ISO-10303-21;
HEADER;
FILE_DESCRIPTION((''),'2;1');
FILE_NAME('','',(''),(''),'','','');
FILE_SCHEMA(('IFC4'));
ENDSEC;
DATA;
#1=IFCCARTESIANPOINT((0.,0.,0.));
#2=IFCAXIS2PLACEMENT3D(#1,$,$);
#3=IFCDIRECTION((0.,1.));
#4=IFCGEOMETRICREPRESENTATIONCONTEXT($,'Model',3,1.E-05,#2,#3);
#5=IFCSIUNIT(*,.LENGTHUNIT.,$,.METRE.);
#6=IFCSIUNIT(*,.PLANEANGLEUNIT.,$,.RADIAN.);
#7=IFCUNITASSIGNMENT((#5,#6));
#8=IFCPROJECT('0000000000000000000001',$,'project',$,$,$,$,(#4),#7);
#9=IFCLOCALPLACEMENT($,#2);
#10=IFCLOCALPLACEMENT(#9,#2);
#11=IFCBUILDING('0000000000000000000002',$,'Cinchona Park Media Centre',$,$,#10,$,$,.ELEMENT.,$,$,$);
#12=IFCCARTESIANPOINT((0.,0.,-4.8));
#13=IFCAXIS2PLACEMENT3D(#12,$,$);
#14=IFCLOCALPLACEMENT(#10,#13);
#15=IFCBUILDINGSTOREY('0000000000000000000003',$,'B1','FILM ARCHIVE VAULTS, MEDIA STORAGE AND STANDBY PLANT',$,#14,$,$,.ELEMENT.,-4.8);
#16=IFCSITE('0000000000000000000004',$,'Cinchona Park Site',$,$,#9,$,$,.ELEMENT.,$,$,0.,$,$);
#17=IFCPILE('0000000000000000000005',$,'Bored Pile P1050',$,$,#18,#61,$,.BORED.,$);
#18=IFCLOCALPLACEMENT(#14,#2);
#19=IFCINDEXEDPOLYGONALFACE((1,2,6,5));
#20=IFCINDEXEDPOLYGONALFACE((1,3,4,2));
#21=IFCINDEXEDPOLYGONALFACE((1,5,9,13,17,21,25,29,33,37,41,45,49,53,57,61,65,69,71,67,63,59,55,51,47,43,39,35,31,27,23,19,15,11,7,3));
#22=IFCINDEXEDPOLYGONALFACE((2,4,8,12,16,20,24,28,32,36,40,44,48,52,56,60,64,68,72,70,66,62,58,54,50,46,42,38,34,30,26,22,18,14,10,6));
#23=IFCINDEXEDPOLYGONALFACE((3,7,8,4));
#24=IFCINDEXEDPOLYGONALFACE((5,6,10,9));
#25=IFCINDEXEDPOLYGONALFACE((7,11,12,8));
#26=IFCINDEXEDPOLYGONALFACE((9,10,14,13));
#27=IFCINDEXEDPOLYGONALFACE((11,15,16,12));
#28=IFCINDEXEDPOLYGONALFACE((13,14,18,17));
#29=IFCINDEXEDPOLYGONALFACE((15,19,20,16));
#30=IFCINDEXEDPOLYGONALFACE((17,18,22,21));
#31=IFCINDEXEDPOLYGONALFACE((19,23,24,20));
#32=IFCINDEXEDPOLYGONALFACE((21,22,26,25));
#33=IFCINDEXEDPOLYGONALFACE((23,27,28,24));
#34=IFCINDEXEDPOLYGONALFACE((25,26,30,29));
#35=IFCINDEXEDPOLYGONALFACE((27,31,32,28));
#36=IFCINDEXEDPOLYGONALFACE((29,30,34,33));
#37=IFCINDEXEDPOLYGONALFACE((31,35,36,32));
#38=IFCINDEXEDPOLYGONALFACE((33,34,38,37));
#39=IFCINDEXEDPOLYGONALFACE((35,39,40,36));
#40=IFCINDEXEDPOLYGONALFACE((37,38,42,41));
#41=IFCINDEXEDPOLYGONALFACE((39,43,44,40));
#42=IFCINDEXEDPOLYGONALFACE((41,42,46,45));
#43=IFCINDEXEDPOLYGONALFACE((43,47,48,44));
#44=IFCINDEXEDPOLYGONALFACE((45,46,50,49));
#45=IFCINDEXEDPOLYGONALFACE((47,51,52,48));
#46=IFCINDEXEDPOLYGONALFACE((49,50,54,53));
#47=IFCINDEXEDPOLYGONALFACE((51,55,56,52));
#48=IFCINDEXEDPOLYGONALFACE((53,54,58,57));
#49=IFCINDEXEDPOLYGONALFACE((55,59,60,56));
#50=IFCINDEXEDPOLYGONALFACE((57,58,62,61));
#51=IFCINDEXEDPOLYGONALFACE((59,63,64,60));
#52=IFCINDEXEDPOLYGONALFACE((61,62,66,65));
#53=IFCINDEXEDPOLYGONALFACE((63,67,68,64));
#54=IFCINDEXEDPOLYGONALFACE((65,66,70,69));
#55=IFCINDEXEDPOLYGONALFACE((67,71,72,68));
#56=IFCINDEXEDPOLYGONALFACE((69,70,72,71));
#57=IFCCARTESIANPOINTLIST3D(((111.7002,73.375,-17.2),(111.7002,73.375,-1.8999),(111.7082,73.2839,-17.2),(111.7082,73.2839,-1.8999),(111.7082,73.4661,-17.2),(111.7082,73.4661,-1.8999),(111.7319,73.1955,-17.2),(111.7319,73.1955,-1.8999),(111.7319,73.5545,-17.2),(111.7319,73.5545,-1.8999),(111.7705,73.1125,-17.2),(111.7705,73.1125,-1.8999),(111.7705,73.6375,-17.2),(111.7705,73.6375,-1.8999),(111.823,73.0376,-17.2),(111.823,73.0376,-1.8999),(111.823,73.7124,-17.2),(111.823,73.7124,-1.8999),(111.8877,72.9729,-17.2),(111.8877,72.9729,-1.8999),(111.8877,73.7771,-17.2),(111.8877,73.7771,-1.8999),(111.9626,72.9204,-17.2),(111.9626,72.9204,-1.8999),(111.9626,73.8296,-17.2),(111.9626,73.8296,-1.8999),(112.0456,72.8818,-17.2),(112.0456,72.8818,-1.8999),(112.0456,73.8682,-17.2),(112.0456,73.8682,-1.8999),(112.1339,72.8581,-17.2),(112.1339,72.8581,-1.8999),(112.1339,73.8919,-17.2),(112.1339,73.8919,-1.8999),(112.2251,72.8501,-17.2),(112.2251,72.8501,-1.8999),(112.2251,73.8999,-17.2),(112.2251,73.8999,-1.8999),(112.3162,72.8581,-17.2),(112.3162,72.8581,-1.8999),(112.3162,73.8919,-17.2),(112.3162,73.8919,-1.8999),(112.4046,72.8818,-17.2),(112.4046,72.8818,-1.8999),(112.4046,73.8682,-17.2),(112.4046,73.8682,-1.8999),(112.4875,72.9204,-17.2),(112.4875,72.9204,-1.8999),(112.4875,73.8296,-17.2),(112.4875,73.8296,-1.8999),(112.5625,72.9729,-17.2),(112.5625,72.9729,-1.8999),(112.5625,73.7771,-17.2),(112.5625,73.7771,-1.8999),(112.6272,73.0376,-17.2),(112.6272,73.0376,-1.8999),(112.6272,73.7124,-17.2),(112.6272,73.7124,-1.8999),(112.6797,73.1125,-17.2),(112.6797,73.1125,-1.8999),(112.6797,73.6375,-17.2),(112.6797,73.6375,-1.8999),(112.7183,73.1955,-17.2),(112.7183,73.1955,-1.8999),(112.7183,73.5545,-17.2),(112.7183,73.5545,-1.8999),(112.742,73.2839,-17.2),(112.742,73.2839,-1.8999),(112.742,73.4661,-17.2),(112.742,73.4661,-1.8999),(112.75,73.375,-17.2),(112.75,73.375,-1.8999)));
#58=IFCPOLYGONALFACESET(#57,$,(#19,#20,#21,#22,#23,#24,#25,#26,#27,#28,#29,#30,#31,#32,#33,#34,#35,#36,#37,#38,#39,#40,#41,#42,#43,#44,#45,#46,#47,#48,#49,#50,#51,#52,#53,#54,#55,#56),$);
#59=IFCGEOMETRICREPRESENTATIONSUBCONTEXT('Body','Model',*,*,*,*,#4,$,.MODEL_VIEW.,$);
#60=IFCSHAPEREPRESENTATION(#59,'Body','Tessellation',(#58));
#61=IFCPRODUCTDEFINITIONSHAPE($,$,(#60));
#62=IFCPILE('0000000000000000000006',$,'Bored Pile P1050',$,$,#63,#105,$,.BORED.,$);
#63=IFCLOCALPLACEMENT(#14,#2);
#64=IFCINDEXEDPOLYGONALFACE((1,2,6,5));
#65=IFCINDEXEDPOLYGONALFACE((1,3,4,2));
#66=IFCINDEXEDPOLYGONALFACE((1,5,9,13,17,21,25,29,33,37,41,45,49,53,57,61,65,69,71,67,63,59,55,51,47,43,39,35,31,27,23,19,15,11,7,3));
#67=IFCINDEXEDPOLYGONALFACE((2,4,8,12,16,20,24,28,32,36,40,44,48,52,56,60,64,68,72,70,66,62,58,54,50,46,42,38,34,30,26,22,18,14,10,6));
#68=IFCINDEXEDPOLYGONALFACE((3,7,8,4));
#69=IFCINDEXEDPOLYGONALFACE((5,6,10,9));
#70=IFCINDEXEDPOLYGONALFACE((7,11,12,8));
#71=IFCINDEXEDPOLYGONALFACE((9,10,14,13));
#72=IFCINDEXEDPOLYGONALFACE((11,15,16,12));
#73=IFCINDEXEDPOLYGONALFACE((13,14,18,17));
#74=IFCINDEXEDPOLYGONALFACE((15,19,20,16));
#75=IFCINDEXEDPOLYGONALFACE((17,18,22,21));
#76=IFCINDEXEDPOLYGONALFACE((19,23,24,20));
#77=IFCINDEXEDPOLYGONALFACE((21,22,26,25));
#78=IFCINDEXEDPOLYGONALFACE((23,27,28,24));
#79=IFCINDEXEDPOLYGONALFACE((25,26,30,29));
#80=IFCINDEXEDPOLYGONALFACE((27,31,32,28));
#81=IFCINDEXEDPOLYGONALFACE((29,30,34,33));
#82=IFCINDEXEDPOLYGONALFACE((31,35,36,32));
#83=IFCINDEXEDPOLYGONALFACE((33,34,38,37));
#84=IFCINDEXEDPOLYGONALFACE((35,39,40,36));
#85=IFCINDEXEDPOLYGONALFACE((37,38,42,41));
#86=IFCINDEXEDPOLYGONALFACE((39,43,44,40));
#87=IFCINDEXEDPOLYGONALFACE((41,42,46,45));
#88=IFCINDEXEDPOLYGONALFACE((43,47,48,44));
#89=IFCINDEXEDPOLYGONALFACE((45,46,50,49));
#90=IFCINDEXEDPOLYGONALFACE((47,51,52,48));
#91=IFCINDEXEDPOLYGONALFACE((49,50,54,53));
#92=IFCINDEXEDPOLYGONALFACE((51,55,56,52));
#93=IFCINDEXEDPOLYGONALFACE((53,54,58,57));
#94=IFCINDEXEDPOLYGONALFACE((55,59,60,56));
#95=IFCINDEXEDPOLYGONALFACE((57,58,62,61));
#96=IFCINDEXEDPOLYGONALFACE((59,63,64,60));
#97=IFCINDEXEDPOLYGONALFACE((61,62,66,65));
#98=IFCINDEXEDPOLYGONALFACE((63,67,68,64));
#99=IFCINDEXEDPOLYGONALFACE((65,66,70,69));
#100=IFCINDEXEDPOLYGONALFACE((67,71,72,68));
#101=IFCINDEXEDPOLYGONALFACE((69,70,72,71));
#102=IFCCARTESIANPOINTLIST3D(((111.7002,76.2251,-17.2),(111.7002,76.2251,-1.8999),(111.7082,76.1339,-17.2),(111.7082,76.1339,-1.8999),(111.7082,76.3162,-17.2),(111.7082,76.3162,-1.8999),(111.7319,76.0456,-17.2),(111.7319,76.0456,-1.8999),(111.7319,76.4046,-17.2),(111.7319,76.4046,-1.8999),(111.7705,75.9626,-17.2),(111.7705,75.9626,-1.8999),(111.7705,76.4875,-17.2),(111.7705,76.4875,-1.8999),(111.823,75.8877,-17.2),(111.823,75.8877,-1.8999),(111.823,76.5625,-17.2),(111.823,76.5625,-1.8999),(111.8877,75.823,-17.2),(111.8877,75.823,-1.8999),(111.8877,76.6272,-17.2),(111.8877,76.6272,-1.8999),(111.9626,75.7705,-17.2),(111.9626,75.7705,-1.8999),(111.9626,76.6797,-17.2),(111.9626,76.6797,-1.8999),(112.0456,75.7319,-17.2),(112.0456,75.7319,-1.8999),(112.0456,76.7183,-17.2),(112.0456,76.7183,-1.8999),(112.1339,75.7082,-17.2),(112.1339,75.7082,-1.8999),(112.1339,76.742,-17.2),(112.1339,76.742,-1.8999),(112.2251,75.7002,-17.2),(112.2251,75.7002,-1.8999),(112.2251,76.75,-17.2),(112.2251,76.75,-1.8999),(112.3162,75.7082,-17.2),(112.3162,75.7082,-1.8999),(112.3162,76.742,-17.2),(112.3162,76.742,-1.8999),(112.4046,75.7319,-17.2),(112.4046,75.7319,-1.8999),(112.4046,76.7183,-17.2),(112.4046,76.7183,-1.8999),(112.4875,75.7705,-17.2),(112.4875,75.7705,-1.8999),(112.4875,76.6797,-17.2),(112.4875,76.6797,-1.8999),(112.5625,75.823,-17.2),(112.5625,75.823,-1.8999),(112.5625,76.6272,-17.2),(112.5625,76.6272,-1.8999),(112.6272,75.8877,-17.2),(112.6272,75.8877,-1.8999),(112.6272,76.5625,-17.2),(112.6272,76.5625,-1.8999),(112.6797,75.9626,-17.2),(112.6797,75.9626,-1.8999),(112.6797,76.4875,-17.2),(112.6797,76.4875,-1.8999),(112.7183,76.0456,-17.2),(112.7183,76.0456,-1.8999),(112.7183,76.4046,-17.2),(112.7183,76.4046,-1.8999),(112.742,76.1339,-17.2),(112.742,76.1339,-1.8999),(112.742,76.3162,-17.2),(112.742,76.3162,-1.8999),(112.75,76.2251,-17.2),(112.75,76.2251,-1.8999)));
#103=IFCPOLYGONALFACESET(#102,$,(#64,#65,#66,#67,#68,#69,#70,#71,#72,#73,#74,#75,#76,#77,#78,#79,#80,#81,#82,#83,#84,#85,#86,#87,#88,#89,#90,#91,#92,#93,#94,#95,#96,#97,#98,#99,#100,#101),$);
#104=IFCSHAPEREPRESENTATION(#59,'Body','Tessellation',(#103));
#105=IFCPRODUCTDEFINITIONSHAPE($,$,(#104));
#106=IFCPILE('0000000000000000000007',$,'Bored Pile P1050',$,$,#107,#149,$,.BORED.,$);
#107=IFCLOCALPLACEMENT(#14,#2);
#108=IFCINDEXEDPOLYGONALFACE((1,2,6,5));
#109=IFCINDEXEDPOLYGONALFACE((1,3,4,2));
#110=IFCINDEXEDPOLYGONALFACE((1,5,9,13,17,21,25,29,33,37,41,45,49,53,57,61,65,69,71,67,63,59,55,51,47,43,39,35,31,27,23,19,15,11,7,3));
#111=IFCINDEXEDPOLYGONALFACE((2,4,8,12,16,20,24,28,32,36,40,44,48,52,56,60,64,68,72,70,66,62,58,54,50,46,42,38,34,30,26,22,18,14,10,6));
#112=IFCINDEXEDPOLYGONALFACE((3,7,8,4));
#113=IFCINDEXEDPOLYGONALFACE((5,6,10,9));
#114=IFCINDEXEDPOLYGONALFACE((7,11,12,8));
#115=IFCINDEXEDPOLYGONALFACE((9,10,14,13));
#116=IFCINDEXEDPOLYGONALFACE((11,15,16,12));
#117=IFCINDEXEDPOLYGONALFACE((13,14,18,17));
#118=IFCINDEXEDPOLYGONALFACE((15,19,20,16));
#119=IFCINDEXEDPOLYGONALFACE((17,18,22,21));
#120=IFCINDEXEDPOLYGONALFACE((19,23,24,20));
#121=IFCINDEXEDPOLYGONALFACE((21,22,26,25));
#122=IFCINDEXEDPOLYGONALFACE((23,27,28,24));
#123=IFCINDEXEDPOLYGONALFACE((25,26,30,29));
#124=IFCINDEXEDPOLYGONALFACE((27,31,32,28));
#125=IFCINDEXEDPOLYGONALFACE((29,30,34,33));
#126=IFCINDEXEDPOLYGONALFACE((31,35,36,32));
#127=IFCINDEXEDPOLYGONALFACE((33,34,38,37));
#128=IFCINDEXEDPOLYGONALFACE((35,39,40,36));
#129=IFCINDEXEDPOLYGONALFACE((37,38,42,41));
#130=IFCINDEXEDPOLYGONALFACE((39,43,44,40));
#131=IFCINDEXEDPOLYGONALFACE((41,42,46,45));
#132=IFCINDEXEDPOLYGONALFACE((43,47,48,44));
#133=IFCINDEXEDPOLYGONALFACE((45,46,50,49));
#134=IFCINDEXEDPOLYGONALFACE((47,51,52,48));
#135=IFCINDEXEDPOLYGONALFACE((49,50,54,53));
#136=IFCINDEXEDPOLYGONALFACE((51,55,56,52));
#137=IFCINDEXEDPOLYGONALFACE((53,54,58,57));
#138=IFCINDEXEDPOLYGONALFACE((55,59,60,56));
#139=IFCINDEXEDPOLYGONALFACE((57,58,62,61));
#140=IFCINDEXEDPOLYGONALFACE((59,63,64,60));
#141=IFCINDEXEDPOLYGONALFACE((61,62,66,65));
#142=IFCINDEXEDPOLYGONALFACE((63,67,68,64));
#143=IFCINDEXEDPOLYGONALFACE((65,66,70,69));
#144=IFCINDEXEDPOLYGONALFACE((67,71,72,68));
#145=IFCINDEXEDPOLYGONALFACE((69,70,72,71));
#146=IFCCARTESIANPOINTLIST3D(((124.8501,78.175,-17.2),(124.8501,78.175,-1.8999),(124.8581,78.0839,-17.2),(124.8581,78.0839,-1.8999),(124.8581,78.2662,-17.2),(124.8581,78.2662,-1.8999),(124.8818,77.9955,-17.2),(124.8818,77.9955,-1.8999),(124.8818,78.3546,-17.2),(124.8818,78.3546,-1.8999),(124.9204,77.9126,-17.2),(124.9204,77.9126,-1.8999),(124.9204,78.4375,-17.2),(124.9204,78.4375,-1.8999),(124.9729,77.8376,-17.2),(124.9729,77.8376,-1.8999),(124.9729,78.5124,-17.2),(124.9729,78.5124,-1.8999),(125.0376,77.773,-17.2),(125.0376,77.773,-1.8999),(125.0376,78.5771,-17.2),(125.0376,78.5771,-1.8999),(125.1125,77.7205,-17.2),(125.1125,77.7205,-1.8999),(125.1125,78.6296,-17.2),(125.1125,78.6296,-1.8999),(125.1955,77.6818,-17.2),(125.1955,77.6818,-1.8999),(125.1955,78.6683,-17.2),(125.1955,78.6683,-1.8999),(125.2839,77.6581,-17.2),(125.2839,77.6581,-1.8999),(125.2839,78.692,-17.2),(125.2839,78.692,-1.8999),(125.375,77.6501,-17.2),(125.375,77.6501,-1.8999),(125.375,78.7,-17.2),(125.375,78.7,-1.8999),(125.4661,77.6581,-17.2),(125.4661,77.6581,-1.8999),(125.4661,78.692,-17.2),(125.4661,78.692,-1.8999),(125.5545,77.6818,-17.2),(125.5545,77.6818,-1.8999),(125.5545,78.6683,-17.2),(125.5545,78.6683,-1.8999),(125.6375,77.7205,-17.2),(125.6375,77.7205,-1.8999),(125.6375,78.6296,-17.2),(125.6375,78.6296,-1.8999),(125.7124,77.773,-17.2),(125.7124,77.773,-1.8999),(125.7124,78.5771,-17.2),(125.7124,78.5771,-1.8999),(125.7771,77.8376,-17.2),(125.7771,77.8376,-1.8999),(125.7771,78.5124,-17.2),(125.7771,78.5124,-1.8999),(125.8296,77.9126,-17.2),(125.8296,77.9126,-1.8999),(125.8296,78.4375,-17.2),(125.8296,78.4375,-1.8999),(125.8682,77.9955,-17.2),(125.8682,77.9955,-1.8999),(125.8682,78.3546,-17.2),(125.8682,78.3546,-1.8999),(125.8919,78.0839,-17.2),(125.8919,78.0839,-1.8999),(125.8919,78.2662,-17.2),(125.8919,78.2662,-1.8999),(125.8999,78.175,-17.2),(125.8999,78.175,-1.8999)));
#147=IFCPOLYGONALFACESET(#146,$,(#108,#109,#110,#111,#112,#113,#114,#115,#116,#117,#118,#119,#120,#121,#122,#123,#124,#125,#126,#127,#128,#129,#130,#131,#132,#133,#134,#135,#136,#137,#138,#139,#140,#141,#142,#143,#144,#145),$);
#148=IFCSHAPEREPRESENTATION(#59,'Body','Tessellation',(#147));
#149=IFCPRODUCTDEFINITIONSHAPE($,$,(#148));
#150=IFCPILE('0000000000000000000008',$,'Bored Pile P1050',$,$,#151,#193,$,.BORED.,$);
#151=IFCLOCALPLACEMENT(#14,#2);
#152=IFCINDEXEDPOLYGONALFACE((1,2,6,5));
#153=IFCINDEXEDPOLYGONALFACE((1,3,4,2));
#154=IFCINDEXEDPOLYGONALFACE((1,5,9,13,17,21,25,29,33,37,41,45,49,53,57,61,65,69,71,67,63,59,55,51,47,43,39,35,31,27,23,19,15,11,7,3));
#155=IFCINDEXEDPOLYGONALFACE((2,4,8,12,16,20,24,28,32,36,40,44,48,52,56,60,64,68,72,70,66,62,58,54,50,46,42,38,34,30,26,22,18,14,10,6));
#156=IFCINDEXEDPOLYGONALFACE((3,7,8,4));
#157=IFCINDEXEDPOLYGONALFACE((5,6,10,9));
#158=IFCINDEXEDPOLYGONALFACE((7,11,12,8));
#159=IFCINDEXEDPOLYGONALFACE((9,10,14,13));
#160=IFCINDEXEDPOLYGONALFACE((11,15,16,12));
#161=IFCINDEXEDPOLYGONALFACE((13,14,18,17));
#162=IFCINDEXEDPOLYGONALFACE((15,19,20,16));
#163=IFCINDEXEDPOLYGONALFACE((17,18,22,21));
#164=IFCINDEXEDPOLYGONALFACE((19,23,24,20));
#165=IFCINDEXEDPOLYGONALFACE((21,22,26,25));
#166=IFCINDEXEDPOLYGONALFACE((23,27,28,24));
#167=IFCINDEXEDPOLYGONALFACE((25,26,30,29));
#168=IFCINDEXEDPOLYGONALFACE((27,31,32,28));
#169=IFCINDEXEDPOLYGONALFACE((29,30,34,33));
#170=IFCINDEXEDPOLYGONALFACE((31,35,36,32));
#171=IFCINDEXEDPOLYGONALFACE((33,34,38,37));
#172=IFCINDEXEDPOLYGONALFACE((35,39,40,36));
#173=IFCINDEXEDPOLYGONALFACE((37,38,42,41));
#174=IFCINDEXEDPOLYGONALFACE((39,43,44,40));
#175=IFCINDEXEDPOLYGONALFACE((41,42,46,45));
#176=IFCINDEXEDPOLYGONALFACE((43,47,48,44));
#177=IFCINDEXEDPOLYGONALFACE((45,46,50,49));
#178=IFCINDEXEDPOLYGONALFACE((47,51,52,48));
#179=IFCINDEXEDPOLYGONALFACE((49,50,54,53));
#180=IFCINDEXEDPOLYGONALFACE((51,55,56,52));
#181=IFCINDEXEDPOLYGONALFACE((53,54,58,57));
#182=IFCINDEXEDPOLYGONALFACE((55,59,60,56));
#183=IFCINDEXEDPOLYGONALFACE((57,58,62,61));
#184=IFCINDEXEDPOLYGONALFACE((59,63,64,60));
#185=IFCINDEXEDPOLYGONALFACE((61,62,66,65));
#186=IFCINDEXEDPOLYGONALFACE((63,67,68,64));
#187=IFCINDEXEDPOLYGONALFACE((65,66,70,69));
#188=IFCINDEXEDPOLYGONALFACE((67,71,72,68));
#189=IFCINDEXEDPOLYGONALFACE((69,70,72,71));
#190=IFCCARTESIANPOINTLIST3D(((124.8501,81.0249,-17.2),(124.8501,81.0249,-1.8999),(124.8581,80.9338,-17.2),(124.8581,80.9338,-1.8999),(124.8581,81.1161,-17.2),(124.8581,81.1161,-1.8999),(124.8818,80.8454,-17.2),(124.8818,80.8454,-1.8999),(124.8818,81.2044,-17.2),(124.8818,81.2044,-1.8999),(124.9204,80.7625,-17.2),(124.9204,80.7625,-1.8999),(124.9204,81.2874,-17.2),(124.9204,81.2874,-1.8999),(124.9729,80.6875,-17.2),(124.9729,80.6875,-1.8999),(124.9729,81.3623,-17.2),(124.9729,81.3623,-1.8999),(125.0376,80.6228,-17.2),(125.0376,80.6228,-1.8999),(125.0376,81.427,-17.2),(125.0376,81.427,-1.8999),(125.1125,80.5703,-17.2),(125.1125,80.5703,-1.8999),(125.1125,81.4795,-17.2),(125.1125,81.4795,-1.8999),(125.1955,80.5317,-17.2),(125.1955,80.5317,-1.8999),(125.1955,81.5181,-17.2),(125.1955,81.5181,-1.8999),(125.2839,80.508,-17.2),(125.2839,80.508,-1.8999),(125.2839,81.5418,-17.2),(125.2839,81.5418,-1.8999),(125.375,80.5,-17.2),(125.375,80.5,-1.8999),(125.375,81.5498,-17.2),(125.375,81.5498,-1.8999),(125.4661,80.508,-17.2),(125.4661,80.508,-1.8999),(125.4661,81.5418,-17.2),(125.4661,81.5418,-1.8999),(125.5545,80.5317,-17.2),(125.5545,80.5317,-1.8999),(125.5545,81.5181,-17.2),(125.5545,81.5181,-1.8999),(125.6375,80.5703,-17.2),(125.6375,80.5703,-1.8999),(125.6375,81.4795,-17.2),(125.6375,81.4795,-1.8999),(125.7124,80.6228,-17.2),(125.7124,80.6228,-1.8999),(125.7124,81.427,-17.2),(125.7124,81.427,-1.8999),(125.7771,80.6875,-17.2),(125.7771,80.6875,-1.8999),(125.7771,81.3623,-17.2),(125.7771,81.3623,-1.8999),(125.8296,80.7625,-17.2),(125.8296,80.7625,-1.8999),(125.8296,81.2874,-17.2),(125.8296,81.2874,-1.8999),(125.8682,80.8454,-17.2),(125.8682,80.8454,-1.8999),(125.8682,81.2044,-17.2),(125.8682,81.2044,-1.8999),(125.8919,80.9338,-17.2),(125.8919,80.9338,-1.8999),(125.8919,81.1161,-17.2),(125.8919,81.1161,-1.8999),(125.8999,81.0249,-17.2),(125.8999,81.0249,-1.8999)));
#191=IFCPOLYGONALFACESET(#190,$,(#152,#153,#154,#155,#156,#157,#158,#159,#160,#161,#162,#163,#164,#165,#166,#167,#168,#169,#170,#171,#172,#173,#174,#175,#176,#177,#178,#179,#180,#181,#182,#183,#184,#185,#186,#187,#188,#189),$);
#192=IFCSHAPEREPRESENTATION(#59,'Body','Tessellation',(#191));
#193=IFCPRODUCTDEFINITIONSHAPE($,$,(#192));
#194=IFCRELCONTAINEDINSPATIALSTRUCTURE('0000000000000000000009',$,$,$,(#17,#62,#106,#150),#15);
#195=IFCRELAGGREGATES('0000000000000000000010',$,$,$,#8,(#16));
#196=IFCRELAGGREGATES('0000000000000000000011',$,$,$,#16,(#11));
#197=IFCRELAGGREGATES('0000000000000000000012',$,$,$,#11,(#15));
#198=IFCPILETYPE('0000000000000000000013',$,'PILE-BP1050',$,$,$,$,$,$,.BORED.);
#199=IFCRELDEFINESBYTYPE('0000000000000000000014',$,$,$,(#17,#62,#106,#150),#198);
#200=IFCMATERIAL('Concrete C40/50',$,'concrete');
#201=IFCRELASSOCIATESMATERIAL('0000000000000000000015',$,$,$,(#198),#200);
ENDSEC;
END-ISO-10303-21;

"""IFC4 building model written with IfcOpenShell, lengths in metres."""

from ifc_helpers import new_model, si_unit, direction, frame, origin, origin_2d, place, context, subcontext, project, spatial, circle, extrude, material, material_profile, profile_set, type_object, element, save


model = new_model("IFC4")

# Units and contexts
model_context = context("Model", 3, precision=1e-05, world=origin(), true_north=direction((0.0, 1.0)))
body_context = subcontext(model_context, "Body", "Model", "MODEL_VIEW")
ifc_project = project(units=[si_unit("LENGTHUNIT", "METRE"), si_unit("PLANEANGLEUNIT", "RADIAN")], contexts=[model_context])

# Site, building, storey
site_placement = place(None, origin())
site = spatial("IfcSite", under=ifc_project, at=site_placement, Name="Cinchona Park Site", CompositionType="ELEMENT", RefElevation=0.0)
building_placement = place(site_placement, origin())
building = spatial("IfcBuilding", under=site, at=building_placement, Name="Cinchona Park Media Centre", CompositionType="ELEMENT")
storey_placement = place(building_placement, frame((0.0, 0.0, -4.8)))
storey = spatial("IfcBuildingStorey", under=building, at=storey_placement, Name="B1", Description="FILM ARCHIVE VAULTS, MEDIA STORAGE AND STANDBY PLANT", CompositionType="ELEMENT", Elevation=-4.8)

# Piles
ifc_material_1 = material(Name="Concrete C40/50", Category="concrete")
ifc_material_profile_1 = material_profile(ifc_material_1, circle(Radius=0.5249, at=origin_2d()), Name="BORED PILE 1050")
ifc_profile_set_1 = profile_set([ifc_material_profile_1], Name="Concrete C40/50")
pile_type_1 = type_object("IfcPileType", Name="PILE-BP1050", PredefinedType="BORED", material=ifc_profile_set_1)
for number, where, z_axis, x_axis, name in (
    (1, (112.2251, 73.375, -1.8999), (0.0, 0.0, -1.0), (1.0, 0.0, 0.0), "Bored Pile P1050"),
    (2, (112.2251, 76.2251, -1.8999), (0.0, 0.0, -1.0), (1.0, 0.0, 0.0), "Bored Pile P1050"),
    (3, (125.375, 78.175, -1.8999), (0.0, 0.0, -1.0), (1.0, 0.0, 0.0), "Bored Pile P1050"),
    (4, (125.375, 81.0249, -1.8999), (0.0, 0.0, -1.0), (1.0, 0.0, 0.0), "Bored Pile P1050"),
):
    element("IfcPile", number, at=place(storey_placement, frame(where, z_axis=z_axis, x_axis=x_axis)), inside=storey, type_object=pile_type_1, Name=name, PredefinedType="BORED", context=body_context, shape_type="SweptSolid", body=[
        extrude(circle(Radius=0.5249, at=origin_2d()), origin(), (0.0, 0.0, 1.0), 15.3),
    ])

save(model, "model.ifc")
